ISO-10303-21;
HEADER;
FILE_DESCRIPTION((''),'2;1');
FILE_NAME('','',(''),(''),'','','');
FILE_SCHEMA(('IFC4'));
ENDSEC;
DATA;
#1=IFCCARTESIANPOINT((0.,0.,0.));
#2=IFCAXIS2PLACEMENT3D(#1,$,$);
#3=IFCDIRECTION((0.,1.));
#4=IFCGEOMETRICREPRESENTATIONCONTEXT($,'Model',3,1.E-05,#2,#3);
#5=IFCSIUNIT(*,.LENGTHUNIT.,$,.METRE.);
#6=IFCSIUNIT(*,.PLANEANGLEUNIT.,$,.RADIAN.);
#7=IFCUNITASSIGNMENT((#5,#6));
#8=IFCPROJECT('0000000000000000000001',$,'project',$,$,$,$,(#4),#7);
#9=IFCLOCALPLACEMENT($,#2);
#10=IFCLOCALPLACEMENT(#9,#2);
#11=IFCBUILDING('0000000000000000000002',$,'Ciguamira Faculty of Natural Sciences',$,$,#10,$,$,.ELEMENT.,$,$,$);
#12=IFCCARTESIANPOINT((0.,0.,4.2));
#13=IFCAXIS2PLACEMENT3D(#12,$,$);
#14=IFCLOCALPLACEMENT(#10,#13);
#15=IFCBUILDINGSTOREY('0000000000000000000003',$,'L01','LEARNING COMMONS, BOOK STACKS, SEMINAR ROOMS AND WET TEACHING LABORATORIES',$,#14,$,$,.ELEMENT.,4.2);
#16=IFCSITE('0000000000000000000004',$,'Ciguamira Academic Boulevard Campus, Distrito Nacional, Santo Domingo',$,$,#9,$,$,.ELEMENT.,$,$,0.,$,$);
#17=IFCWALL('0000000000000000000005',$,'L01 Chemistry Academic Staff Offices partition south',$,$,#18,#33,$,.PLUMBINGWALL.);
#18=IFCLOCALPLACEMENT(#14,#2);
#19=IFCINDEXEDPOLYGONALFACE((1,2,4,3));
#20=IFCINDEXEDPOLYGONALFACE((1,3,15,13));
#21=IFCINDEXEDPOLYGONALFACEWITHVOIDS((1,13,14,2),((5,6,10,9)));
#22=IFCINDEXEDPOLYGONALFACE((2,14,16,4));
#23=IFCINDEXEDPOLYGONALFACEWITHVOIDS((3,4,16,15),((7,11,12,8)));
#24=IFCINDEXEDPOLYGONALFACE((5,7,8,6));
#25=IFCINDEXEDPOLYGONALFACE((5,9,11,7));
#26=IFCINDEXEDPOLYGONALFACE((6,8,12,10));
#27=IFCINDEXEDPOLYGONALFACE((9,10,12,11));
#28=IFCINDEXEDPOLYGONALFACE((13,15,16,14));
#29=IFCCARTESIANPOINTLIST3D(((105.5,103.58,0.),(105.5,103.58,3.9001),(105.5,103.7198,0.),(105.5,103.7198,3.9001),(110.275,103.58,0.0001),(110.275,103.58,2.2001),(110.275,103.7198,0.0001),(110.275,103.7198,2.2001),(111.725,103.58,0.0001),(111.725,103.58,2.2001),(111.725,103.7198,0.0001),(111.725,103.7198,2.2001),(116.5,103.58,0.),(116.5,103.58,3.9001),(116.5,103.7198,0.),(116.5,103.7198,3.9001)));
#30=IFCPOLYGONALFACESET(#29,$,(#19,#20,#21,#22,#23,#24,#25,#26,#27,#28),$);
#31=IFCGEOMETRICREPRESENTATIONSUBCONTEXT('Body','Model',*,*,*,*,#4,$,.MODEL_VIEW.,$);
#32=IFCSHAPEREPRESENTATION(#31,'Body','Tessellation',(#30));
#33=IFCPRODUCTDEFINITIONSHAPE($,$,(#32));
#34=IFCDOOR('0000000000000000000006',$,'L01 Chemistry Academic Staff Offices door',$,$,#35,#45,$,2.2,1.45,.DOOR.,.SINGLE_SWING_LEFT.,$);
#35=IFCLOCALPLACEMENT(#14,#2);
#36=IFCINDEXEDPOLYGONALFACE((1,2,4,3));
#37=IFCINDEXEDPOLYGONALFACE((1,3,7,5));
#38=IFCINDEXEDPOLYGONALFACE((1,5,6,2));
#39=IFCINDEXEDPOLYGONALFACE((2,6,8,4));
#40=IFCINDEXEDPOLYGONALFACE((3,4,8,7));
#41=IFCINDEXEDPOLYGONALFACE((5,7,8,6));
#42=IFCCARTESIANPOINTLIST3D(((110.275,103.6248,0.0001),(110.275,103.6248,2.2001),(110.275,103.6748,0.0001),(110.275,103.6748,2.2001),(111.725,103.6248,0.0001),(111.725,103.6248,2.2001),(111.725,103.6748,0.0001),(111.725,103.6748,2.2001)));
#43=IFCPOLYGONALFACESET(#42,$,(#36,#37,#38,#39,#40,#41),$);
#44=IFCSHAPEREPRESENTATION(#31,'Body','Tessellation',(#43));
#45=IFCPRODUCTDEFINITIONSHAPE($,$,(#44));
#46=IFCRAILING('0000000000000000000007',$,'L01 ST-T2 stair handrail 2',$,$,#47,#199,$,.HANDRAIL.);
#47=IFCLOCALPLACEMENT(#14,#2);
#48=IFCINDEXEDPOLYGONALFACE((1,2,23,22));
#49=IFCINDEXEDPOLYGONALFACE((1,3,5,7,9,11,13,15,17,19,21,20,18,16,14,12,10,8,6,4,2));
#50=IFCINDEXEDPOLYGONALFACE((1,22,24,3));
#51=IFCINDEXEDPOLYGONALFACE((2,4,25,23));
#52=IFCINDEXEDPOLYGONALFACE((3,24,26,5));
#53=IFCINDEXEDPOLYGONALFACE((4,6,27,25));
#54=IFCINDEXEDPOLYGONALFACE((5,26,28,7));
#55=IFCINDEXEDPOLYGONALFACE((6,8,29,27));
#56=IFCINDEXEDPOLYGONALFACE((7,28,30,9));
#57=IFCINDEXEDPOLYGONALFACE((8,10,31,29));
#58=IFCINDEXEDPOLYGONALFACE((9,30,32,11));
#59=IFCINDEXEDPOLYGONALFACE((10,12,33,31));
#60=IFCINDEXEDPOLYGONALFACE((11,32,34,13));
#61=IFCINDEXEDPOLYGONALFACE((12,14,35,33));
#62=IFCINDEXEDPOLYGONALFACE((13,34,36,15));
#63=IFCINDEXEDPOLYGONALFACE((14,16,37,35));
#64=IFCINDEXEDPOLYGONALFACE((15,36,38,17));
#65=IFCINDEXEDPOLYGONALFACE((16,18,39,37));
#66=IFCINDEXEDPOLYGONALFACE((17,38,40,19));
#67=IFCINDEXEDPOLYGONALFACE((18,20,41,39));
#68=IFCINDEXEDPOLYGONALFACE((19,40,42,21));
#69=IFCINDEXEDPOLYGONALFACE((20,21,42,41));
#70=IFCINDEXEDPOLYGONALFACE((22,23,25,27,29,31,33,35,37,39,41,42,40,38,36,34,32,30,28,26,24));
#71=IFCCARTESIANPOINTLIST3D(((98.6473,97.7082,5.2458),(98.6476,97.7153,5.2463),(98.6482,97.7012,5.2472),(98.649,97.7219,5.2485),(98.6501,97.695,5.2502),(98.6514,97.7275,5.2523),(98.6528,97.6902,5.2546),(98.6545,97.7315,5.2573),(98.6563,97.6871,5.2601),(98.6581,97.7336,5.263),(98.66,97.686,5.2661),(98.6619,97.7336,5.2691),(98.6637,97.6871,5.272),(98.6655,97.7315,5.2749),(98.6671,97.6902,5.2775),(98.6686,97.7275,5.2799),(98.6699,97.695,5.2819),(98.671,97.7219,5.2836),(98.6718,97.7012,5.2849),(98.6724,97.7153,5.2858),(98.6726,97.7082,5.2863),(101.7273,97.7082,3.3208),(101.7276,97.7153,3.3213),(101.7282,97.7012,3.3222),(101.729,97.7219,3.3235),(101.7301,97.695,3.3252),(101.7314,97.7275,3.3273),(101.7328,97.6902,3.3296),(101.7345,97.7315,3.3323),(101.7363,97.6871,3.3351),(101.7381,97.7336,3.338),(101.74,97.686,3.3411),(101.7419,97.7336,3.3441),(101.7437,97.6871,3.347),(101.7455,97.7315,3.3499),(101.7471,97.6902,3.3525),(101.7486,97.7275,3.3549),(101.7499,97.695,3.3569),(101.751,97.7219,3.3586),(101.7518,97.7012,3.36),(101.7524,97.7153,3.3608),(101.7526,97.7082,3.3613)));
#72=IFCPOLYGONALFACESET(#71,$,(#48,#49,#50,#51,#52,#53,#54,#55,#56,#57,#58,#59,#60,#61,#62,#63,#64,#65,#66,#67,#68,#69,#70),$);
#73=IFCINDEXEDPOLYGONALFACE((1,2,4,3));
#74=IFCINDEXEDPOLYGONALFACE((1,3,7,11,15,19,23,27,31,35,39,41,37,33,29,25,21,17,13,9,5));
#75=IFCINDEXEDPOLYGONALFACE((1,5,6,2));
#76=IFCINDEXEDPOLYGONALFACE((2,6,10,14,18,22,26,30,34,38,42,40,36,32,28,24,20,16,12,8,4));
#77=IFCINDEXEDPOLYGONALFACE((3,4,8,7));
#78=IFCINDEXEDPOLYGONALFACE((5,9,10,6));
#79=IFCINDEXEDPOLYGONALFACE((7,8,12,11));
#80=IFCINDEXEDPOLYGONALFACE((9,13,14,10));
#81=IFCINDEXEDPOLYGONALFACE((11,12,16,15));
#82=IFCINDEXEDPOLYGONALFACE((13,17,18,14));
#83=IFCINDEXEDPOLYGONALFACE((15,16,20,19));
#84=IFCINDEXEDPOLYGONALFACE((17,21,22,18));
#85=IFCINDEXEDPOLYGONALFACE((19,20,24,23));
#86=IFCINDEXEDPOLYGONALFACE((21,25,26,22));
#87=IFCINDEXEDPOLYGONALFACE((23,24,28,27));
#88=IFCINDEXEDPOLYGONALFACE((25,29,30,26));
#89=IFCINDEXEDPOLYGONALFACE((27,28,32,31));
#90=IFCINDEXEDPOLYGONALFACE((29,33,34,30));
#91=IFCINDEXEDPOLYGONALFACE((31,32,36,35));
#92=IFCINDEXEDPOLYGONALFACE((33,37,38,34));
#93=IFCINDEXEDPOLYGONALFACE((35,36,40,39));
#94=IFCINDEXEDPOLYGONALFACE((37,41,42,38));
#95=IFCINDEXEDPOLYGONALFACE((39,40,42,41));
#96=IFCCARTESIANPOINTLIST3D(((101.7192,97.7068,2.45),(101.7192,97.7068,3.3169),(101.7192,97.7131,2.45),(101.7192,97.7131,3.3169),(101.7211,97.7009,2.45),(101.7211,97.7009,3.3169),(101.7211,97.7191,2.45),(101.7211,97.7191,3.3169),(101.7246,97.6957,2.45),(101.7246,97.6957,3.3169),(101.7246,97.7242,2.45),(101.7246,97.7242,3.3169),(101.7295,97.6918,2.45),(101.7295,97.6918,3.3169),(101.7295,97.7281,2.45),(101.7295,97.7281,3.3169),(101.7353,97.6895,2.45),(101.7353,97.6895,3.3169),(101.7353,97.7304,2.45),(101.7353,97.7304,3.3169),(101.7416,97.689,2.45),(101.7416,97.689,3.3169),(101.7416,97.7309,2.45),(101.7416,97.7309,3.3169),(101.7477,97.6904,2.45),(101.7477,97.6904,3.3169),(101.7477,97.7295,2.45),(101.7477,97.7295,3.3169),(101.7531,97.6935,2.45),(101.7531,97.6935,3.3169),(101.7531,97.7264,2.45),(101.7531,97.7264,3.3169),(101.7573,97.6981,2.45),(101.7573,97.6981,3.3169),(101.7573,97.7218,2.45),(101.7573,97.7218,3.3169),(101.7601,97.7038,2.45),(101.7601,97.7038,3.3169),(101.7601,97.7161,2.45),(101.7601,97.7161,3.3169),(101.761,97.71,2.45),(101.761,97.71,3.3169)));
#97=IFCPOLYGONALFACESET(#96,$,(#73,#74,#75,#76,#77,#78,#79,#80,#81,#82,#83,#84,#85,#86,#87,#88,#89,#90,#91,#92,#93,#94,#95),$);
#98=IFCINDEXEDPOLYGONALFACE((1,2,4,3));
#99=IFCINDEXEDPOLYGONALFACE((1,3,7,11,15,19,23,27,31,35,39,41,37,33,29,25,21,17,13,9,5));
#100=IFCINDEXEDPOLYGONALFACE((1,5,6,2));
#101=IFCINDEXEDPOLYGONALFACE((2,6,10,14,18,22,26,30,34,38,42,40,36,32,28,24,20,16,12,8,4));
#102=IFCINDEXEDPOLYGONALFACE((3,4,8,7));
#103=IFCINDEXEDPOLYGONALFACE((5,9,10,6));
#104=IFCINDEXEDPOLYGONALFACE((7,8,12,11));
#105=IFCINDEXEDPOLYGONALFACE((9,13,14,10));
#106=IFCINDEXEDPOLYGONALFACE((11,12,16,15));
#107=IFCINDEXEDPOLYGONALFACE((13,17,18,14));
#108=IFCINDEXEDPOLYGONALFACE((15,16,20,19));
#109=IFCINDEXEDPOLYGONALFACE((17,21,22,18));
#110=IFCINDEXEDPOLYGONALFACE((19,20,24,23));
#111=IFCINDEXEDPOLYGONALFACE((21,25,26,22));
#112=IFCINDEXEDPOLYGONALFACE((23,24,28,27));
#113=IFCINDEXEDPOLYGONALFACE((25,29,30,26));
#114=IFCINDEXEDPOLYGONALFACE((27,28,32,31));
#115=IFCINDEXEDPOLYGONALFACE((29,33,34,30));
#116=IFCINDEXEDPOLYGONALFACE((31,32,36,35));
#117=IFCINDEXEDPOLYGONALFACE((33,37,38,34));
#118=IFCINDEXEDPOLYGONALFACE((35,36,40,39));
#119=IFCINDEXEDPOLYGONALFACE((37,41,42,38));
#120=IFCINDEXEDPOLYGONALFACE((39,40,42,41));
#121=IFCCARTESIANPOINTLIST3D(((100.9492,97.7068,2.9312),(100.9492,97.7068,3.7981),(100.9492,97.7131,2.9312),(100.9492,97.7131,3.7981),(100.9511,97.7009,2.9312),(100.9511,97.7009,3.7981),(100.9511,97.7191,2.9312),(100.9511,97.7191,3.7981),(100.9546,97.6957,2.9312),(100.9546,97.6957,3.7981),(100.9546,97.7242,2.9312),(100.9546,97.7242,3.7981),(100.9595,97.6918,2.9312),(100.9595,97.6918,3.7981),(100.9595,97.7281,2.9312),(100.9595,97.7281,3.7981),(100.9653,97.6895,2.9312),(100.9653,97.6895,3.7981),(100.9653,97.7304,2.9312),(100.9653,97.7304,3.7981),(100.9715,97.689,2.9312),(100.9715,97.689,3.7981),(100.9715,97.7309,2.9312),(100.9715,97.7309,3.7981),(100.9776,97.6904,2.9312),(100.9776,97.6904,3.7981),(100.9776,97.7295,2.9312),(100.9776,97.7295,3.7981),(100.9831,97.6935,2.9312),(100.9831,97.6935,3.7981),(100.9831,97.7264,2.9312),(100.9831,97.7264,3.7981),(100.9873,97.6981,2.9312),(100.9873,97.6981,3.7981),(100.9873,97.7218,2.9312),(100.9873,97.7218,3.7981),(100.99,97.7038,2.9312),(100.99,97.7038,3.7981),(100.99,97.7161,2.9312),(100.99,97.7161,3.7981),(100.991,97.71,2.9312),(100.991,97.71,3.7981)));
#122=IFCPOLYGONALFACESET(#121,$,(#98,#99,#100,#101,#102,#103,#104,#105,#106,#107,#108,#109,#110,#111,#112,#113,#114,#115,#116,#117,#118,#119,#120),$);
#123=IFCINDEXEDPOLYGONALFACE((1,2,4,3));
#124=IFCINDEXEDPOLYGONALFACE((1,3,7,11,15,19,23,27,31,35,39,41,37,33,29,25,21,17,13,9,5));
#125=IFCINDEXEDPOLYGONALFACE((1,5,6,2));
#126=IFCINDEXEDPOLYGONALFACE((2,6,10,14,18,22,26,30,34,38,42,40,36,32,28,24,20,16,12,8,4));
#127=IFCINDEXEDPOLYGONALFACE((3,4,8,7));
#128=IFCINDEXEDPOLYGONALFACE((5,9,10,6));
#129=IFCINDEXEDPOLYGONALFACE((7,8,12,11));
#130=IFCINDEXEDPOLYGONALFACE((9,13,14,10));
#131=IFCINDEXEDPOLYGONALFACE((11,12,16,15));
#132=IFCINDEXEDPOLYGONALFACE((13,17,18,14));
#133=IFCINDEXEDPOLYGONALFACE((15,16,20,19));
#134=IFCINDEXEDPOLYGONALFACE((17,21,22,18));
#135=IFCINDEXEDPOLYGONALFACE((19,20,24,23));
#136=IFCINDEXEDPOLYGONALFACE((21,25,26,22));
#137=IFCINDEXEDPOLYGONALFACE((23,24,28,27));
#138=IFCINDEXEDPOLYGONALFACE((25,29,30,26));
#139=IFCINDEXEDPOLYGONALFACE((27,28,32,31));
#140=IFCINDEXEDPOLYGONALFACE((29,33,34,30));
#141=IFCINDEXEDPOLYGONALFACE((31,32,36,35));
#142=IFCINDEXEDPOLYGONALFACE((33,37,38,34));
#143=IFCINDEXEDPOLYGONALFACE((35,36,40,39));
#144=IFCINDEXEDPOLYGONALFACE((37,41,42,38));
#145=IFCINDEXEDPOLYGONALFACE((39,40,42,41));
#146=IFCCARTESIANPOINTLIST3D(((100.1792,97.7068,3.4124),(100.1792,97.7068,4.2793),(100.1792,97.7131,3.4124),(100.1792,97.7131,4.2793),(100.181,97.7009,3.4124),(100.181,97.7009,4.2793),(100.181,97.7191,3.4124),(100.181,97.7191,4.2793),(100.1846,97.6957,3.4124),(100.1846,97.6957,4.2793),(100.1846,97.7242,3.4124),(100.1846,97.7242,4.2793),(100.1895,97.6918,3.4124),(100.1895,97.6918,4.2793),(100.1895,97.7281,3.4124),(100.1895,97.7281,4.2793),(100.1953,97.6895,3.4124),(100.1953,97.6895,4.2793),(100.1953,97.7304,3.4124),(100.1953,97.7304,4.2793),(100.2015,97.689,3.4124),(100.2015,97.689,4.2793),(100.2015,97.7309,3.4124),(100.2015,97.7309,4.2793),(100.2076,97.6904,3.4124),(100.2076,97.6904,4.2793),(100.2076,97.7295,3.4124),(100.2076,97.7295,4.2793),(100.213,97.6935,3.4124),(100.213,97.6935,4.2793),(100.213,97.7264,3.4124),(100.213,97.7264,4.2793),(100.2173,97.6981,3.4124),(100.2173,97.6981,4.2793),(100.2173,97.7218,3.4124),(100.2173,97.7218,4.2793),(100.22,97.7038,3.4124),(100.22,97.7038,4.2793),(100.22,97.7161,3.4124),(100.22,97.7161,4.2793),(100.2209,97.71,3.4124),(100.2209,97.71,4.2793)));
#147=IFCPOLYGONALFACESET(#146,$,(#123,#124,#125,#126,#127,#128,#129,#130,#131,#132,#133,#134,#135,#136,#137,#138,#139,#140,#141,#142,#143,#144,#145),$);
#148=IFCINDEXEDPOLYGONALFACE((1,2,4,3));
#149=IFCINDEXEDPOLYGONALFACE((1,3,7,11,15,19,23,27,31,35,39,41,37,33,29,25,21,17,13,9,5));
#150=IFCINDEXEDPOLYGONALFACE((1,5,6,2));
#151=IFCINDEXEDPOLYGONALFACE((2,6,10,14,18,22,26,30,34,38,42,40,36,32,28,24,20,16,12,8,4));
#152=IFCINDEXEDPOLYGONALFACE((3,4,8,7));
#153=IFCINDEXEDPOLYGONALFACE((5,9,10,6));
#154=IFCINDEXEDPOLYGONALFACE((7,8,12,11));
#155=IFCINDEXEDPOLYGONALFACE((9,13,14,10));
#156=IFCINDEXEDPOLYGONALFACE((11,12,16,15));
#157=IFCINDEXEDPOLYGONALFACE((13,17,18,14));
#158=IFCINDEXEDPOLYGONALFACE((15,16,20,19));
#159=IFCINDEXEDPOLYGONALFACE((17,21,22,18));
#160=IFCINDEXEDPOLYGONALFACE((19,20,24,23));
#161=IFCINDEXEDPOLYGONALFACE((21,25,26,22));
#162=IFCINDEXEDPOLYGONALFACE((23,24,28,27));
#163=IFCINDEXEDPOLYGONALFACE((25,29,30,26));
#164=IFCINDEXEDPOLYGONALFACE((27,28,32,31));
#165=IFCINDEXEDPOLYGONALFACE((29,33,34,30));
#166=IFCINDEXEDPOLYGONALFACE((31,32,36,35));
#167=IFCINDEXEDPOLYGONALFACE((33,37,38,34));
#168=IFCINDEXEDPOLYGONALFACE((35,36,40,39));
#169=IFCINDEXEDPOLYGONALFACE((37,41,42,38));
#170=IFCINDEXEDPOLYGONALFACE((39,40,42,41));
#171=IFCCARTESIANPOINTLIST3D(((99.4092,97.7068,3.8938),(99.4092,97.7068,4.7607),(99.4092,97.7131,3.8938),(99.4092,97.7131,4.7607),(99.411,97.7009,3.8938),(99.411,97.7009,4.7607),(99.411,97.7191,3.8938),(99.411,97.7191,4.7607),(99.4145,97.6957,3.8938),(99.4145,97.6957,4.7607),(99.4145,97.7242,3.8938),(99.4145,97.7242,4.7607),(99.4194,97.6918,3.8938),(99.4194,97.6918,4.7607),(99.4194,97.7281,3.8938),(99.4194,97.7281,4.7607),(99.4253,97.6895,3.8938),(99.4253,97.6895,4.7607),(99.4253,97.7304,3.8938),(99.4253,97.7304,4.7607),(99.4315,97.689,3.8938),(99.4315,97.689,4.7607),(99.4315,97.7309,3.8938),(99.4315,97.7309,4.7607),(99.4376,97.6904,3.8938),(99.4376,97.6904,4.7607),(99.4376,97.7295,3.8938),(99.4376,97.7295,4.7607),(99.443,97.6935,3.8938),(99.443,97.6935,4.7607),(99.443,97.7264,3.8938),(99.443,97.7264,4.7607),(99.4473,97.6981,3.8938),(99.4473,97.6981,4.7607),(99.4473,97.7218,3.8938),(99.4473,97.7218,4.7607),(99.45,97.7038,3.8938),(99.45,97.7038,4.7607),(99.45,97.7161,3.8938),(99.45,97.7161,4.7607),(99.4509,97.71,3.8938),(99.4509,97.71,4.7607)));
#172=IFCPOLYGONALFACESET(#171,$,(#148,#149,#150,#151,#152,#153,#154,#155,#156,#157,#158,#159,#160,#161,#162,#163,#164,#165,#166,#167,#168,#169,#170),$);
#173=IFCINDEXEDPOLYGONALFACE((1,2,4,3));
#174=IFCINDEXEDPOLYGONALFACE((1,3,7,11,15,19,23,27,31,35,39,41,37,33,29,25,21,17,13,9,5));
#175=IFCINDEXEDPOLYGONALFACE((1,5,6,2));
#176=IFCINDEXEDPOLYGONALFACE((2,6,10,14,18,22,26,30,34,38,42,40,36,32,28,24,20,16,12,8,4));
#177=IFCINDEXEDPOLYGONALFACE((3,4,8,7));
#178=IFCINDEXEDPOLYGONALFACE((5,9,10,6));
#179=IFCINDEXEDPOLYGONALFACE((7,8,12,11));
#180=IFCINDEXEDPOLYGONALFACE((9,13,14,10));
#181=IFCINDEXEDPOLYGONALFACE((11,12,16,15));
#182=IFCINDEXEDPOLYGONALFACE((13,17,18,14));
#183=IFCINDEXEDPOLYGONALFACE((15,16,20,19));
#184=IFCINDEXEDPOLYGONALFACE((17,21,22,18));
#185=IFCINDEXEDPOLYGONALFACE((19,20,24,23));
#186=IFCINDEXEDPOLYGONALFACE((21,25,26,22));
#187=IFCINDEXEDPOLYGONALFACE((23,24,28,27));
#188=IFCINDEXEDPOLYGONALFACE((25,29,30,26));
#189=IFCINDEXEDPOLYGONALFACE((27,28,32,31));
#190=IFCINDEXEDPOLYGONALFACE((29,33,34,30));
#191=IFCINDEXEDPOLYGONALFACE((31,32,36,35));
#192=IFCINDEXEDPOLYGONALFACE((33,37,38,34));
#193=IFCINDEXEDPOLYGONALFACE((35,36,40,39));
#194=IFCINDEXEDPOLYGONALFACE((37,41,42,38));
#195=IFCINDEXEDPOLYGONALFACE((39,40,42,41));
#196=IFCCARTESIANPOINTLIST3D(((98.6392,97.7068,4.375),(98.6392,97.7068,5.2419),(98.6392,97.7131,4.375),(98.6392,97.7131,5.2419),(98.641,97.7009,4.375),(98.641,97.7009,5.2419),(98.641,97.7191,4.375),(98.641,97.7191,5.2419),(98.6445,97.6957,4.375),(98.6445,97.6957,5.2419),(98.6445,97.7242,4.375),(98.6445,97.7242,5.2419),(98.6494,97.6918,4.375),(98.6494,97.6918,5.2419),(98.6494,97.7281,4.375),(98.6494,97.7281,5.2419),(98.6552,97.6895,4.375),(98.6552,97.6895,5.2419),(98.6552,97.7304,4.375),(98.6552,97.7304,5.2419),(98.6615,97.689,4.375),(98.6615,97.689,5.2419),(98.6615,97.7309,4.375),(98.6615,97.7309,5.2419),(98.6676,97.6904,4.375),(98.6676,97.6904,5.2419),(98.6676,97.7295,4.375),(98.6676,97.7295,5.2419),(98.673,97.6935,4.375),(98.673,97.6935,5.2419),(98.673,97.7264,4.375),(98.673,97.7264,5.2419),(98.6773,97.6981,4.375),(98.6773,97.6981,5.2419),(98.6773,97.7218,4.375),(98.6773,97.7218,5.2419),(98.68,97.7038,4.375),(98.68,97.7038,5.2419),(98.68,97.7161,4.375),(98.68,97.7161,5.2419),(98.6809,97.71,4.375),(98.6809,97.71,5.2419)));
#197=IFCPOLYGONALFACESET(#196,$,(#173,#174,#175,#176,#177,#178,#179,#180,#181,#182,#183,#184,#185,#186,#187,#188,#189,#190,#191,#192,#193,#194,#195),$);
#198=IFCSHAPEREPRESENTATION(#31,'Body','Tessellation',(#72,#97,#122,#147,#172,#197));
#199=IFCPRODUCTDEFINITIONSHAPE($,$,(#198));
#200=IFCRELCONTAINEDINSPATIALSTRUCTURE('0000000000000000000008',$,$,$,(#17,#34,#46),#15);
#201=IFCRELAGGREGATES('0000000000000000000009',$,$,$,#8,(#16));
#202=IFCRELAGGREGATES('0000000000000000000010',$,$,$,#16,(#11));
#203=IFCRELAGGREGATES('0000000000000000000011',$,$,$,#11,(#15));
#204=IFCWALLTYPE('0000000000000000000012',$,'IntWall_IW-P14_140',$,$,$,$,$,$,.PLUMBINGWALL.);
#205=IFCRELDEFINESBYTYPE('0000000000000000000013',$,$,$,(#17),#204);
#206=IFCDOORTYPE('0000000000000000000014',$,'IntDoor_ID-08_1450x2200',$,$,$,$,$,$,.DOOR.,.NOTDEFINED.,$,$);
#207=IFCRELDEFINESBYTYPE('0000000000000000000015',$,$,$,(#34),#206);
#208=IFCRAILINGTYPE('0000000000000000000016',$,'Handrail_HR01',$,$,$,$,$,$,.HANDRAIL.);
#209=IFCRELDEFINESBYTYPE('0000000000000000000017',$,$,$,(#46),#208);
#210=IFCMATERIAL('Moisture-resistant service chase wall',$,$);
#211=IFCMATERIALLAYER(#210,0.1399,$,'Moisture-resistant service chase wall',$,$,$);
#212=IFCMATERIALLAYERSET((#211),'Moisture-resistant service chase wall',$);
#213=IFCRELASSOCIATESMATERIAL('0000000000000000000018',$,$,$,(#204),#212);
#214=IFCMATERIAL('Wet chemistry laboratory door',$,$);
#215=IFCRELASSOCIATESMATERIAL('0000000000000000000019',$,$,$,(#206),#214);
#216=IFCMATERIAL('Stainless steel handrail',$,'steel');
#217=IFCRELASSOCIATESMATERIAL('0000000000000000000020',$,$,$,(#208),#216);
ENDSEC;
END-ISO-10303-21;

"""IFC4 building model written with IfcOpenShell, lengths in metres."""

from ifc_helpers import new_model, si_unit, direction, frame, frame_2d, origin, origin_2d, place, context, subcontext, project, spatial, rectangle, circle, extrude, material, layer, layer_set, type_object, element, fill, save


model = new_model("IFC4")

# Units and contexts
model_context = context("Model", 3, precision=1e-05, world=origin(), true_north=direction((0.0, 1.0)))
body_context = subcontext(model_context, "Body", "Model", "MODEL_VIEW")
ifc_project = project(units=[si_unit("LENGTHUNIT", "METRE"), si_unit("PLANEANGLEUNIT", "RADIAN")], contexts=[model_context])

# Site, building, storey
site_placement = place(None, origin())
site = spatial("IfcSite", under=ifc_project, at=site_placement, Name="Ciguamira Academic Boulevard Campus, Distrito Nacional, Santo Domingo", CompositionType="ELEMENT", RefElevation=0.0)
building_placement = place(site_placement, origin())
building = spatial("IfcBuilding", under=site, at=building_placement, Name="Ciguamira Faculty of Natural Sciences", CompositionType="ELEMENT")
storey_placement = place(building_placement, frame((0.0, 0.0, 4.2)))
storey = spatial("IfcBuildingStorey", under=building, at=storey_placement, Name="L01", Description="LEARNING COMMONS, BOOK STACKS, SEMINAR ROOMS AND WET TEACHING LABORATORIES", CompositionType="ELEMENT", Elevation=4.2)

# Shared definitions
ifc_material_1 = material(Name="Moisture-resistant service chase wall")
ifc_layer_1 = layer(ifc_material_1, 0.1399, Name="Moisture-resistant service chase wall")
ifc_layer_set_1 = layer_set([ifc_layer_1], Name="Moisture-resistant service chase wall")
wall_type_1 = type_object("IfcWallType", Name="IntWall_IW-P14_140", PredefinedType="PLUMBINGWALL", material=ifc_layer_set_1)

# Wall, opening, door
wall_1_placement = place(storey_placement, frame((105.5, 103.6499, 0.0), z_axis=(0.0, 0.0, 1.0), x_axis=(1.0, 0.0, 0.0)))
wall_1 = element("IfcWall", 1, at=wall_1_placement, inside=storey, type_object=wall_type_1, Name="L01 Chemistry Academic Staff Offices partition south", PredefinedType="PLUMBINGWALL", context=body_context, shape_type="SweptSolid", body=[
    extrude(rectangle(XDim=11.0, YDim=0.1399, at=frame_2d((5.5, 0.0))), origin(), (0.0, 0.0, 1.0), 3.9001),
])
opening_1_placement = place(wall_1_placement, frame((4.7749, 0.0, 0.0)))
opening_1 = element("IfcOpeningElement", 2, at=opening_1_placement, cuts=wall_1, PredefinedType="OPENING", context=body_context, shape_type="SweptSolid", body=[
    extrude(rectangle(XDim=1.45, YDim=2.2, at=frame_2d((0.7251, 1.1001))), frame((0.0, 0.0798, 0.0), z_axis=(0.0, -1.0, 0.0), x_axis=(1.0, 0.0, 0.0)), (0.0, 0.0, 1.0), 0.1599),
])
ifc_material_2 = material(Name="Wet chemistry laboratory door")
door_type_1 = type_object("IfcDoorType", Name="IntDoor_ID-08_1450x2200", OperationType="NOTDEFINED", PredefinedType="DOOR", material=ifc_material_2)
door_1_placement = place(opening_1_placement, origin())
door_1 = element("IfcDoor", 3, at=door_1_placement, inside=storey, type_object=door_type_1, Name="L01 Chemistry Academic Staff Offices door", OperationType="SINGLE_SWING_LEFT", OverallHeight=2.2, OverallWidth=1.45, PredefinedType="DOOR", context=body_context, shape_type="SweptSolid", body=[
    extrude(rectangle(XDim=1.45, YDim=2.2, at=frame_2d((0.7251, 1.1001))), frame((0.0, 0.0249, 0.0), z_axis=(0.0, -1.0, 0.0), x_axis=(1.0, 0.0, 0.0)), (0.0, 0.0, 1.0), 0.05),
])
fill(opening_1, door_1)

# Railing
ifc_material_3 = material(Name="Stainless steel handrail", Category="steel")
railing_type = type_object("IfcRailingType", Name="Handrail_HR01", PredefinedType="HANDRAIL", material=ifc_material_3)
railing_placement = place(storey_placement, frame((101.74, 97.71, 2.45)))
element("IfcRailing", 4, at=railing_placement, inside=storey, type_object=railing_type, Name="L01 ST-T2 stair handrail 2", PredefinedType="HANDRAIL", context=body_context, shape_type="SweptSolid", body=[
    extrude(circle(Radius=0.0239, at=origin_2d()), frame((0.0, 0.0, 0.8911), z_axis=(-0.847998, 0.0, 0.529999), x_axis=(0.0, -1.0, 0.0)), (0.0, 0.0, 1.0), 3.6321),
    extrude(circle(Radius=0.021, at=origin_2d()), origin(), (0.0, 0.0, 1.0), 0.8669),
    extrude(circle(Radius=0.021, at=origin_2d()), frame((-0.77, 0.0, 0.4812)), (0.0, 0.0, 1.0), 0.8669),
    extrude(circle(Radius=0.021, at=origin_2d()), frame((-1.54, 0.0, 0.9624)), (0.0, 0.0, 1.0), 0.8669),
    extrude(circle(Radius=0.021, at=origin_2d()), frame((-2.3101, 0.0, 1.4438)), (0.0, 0.0, 1.0), 0.8669),
    extrude(circle(Radius=0.021, at=origin_2d()), frame((-3.0801, 0.0, 1.925)), (0.0, 0.0, 1.0), 0.8669),
])

save(model, "model.ifc")
